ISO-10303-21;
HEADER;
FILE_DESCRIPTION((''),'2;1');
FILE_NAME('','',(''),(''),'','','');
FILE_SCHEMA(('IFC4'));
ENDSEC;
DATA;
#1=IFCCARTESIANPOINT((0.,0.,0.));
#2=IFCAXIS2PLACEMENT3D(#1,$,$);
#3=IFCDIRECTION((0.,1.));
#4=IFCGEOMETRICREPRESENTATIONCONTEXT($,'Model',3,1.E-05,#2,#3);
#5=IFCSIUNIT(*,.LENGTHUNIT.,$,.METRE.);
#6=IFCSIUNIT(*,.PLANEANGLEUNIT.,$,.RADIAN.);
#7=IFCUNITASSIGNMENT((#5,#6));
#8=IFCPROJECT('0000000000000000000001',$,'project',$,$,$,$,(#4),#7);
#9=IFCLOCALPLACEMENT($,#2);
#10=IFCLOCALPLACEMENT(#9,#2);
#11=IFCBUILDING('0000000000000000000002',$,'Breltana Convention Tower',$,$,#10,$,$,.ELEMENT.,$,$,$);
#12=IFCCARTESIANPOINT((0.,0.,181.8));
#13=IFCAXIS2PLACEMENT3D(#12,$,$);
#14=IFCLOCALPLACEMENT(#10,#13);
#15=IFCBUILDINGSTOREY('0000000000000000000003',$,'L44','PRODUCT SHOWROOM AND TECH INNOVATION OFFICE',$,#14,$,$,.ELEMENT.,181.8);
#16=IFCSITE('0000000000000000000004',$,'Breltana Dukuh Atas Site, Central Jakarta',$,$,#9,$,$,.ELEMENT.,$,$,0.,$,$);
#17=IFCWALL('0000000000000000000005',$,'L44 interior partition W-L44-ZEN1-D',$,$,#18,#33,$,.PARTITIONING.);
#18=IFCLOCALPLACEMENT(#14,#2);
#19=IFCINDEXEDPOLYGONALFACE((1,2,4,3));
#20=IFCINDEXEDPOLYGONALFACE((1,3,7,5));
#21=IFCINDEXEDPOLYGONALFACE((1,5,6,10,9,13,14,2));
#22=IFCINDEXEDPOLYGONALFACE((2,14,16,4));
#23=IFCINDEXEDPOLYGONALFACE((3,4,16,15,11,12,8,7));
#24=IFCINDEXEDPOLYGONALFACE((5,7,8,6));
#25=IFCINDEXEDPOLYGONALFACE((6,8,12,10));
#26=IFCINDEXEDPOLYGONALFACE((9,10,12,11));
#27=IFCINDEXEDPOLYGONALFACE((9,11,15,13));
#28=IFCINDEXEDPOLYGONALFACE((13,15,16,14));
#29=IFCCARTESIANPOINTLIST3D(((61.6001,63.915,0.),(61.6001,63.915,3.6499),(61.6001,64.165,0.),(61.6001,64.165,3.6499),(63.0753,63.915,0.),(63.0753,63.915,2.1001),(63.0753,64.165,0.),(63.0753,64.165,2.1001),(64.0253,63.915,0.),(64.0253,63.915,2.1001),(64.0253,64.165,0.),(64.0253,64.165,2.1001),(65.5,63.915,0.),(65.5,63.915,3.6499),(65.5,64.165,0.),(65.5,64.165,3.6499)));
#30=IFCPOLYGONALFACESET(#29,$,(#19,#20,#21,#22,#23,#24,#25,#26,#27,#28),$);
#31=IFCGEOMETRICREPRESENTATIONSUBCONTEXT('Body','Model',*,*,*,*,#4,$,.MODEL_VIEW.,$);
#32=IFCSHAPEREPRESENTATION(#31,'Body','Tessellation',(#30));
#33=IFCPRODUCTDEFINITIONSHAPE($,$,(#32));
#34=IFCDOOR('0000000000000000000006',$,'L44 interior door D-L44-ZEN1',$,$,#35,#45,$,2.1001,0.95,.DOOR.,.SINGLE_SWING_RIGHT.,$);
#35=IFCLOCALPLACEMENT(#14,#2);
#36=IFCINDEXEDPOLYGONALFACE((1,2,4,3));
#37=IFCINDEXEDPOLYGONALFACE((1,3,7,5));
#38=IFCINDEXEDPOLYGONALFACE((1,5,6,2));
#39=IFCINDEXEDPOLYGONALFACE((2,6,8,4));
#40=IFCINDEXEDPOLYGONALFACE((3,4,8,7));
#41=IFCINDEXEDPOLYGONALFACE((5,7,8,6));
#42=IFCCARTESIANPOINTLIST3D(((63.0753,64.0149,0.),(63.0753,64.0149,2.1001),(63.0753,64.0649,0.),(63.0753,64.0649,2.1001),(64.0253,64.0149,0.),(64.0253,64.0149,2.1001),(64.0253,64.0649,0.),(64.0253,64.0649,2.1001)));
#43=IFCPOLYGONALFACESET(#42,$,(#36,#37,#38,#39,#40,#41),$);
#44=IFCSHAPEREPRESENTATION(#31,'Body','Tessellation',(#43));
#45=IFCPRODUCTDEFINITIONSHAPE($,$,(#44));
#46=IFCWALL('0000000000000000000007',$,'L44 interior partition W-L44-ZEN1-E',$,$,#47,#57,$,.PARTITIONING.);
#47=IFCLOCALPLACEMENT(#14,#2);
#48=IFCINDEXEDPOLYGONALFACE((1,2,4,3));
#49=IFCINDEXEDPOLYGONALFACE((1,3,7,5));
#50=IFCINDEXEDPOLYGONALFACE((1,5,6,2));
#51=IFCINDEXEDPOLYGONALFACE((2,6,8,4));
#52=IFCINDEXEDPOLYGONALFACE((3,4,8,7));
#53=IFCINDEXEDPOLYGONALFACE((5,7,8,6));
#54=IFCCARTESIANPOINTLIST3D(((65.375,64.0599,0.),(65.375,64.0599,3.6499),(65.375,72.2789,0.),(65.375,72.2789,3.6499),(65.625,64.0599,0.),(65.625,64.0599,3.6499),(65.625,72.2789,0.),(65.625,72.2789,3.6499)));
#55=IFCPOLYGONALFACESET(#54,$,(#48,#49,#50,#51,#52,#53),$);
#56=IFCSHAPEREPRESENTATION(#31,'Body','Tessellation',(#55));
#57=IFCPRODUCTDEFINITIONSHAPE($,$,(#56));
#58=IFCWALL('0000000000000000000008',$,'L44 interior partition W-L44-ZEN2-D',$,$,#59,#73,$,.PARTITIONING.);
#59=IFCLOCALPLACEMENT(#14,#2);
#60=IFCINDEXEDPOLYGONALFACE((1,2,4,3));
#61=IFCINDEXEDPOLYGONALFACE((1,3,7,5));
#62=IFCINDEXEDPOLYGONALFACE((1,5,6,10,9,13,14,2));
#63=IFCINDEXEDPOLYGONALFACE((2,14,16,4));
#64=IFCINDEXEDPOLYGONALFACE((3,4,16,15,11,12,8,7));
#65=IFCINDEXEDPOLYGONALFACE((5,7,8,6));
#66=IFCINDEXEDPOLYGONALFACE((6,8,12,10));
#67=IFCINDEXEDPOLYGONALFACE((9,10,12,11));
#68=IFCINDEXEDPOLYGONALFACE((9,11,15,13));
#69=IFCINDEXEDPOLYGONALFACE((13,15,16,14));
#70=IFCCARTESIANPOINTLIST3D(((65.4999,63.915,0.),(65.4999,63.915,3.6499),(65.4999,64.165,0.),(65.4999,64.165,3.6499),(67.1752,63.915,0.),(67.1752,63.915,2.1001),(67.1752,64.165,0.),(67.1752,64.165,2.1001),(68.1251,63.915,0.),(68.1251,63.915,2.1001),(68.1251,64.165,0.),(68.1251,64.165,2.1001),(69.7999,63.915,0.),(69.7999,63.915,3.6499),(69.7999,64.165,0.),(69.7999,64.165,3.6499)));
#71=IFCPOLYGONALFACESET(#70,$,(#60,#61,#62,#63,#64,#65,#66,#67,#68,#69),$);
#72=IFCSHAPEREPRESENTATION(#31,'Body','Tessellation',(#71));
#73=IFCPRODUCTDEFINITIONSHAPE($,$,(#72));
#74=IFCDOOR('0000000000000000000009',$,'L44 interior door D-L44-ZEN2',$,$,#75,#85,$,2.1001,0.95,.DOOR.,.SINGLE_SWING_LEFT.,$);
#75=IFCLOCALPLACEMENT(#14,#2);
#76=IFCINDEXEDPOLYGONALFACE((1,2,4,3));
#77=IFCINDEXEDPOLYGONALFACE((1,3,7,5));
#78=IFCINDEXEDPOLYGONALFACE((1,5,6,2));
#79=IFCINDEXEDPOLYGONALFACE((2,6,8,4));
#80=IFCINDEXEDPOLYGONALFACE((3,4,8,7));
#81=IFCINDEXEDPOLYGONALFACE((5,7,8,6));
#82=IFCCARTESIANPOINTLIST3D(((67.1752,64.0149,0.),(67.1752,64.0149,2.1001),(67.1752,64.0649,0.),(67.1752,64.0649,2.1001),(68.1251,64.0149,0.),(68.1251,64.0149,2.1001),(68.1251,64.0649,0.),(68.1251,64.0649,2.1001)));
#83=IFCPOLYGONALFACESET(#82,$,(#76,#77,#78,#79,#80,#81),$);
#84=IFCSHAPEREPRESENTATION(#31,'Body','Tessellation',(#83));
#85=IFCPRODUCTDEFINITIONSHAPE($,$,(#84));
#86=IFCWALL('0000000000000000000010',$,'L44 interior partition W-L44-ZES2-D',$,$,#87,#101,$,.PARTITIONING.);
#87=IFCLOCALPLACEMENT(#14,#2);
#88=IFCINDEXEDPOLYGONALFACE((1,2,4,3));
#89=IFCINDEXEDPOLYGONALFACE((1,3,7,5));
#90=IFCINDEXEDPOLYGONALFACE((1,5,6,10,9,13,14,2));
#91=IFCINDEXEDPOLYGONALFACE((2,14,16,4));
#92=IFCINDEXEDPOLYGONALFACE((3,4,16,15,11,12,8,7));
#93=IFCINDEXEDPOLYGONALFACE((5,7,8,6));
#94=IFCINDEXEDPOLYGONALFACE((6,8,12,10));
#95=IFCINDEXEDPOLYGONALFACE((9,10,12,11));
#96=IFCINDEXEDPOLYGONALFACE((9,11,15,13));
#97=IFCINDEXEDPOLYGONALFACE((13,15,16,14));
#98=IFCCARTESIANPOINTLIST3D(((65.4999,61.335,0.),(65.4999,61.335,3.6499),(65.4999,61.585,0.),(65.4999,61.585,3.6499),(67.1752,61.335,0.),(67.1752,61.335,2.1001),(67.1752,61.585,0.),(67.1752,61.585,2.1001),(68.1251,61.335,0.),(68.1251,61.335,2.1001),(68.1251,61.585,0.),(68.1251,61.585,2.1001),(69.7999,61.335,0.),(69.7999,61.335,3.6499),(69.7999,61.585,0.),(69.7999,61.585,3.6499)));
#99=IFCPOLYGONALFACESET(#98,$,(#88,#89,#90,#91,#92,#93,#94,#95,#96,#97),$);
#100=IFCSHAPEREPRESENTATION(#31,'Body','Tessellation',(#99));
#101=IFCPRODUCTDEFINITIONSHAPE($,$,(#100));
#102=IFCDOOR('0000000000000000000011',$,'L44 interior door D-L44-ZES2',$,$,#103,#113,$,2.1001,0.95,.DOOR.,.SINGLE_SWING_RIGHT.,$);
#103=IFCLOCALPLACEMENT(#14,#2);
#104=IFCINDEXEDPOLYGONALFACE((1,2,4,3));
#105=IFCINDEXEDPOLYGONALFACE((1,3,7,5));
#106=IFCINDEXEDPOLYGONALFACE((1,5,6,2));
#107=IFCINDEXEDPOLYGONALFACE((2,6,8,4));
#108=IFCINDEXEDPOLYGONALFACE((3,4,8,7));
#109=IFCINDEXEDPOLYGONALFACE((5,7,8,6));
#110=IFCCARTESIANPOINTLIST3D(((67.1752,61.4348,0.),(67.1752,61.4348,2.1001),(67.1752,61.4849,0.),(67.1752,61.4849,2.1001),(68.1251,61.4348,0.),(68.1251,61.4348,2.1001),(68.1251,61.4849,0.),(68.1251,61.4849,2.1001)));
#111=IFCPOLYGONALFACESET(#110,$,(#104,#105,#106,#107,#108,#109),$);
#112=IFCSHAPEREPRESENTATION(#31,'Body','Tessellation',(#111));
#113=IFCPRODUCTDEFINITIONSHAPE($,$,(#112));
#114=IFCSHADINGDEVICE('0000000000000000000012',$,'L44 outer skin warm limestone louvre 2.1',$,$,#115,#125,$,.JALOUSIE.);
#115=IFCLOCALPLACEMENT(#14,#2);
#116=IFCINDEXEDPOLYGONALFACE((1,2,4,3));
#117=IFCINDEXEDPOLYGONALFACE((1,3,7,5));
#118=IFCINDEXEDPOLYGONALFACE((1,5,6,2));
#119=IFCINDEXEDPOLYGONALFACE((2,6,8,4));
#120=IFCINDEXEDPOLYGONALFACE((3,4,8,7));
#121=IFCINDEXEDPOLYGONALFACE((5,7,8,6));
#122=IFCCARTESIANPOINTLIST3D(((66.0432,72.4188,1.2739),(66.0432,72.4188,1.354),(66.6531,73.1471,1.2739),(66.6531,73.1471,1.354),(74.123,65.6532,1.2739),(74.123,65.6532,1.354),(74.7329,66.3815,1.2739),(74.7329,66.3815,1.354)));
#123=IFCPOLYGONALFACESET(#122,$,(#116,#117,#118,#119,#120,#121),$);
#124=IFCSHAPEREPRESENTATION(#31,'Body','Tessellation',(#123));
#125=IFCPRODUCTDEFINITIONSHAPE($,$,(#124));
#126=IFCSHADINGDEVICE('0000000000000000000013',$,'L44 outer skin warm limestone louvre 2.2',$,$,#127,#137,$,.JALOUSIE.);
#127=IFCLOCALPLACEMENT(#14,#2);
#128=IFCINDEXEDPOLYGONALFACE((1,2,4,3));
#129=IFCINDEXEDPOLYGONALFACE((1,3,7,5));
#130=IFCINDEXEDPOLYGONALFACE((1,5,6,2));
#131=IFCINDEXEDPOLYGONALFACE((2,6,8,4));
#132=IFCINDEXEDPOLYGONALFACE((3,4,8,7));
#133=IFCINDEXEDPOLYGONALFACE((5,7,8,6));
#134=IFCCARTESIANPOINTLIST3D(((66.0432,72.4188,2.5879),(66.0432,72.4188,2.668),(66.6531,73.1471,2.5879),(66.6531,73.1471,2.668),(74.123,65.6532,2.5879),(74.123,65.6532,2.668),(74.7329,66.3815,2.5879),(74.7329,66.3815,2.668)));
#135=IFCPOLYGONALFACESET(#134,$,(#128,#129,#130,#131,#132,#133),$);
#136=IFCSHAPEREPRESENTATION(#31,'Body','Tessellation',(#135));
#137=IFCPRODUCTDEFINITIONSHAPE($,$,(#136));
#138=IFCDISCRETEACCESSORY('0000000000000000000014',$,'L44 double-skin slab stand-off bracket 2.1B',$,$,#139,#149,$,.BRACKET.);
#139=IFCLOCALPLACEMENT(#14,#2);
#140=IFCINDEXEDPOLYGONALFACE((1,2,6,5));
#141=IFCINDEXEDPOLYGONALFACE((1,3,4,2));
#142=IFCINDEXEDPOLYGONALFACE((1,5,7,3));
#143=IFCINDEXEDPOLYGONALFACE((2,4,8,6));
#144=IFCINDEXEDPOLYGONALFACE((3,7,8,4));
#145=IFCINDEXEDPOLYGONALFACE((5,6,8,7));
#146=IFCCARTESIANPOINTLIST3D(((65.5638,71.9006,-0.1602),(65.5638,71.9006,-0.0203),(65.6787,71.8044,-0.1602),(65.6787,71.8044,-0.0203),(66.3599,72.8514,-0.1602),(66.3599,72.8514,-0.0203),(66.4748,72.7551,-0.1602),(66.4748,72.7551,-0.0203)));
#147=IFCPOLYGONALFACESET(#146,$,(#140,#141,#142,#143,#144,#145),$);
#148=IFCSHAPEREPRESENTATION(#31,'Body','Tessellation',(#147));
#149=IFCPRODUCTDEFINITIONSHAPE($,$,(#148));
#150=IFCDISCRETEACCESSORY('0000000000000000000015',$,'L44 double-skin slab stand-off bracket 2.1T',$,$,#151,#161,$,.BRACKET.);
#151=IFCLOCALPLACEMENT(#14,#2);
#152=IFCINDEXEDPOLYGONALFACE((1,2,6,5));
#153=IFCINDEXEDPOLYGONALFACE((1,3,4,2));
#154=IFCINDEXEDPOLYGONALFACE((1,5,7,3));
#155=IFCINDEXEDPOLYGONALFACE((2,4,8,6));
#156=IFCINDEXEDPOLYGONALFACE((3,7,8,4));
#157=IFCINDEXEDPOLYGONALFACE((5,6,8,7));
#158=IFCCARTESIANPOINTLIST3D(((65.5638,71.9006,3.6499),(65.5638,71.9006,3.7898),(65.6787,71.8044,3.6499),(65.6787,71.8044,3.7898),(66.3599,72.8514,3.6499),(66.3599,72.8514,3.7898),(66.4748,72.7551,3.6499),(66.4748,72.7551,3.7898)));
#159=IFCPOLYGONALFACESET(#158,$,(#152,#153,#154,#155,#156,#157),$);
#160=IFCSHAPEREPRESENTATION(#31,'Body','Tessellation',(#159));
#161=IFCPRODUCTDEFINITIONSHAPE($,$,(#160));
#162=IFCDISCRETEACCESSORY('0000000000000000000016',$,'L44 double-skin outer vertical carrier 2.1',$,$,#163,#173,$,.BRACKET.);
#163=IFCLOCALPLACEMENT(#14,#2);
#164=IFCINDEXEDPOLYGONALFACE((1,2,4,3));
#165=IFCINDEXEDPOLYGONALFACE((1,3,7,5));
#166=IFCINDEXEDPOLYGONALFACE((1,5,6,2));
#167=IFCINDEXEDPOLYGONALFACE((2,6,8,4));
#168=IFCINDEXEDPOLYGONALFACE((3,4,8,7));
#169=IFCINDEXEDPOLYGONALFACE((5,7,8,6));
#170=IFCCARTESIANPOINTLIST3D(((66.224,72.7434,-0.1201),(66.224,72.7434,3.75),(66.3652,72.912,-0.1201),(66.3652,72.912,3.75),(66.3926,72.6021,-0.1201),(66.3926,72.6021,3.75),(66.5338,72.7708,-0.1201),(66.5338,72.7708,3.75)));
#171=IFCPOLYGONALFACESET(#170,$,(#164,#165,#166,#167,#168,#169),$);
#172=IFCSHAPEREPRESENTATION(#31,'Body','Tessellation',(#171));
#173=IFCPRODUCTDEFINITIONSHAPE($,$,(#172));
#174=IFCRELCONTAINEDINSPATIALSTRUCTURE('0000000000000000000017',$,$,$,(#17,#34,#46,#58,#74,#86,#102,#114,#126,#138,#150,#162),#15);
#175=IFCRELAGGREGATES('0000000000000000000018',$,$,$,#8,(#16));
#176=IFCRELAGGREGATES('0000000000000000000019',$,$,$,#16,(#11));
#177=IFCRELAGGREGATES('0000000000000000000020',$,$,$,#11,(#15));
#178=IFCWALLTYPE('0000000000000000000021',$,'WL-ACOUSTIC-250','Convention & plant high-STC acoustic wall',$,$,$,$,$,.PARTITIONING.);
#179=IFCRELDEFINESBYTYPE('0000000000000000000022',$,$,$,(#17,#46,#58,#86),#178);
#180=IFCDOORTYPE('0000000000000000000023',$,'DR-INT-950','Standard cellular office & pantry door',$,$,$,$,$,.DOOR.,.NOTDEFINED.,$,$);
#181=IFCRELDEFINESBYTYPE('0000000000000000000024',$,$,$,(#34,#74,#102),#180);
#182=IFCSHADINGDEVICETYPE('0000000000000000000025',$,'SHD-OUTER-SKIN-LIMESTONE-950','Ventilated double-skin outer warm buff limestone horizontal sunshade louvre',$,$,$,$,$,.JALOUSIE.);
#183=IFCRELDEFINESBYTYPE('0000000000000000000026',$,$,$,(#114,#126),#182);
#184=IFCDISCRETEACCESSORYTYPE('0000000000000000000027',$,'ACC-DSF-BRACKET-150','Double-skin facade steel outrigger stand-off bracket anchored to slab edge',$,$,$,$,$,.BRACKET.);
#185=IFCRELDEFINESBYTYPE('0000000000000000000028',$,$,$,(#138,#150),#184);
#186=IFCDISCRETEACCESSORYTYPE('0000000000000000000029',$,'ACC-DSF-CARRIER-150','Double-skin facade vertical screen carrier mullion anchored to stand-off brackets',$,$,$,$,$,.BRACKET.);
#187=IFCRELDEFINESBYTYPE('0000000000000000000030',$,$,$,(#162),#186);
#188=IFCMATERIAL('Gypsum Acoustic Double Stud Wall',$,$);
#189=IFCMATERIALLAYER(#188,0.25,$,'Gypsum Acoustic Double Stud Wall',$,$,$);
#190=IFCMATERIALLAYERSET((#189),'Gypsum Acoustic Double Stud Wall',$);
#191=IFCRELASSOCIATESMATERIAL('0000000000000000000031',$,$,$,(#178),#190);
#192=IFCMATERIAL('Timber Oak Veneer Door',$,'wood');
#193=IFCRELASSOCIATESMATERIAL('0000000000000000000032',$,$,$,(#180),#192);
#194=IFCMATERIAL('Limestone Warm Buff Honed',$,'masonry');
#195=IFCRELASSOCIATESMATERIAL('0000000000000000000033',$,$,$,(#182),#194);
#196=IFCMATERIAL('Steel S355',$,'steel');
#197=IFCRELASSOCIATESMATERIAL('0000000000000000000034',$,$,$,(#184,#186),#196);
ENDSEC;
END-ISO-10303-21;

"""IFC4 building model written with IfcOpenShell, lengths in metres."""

from ifc_helpers import new_model, si_unit, direction, frame, frame_2d, origin, origin_2d, place, context, subcontext, project, spatial, rectangle, extrude, source, transform, mapped, material, layer, layer_set, material_profile, profile_set, type_object, type_shapes, element, fill, save


model = new_model("IFC4")

# Units and contexts
model_context = context("Model", 3, precision=1e-05, world=origin(), true_north=direction((0.0, 1.0)))
body_context = subcontext(model_context, "Body", "Model", "MODEL_VIEW")
ifc_project = project(units=[si_unit("LENGTHUNIT", "METRE"), si_unit("PLANEANGLEUNIT", "RADIAN")], contexts=[model_context])

# Site, building, storey
site_placement = place(None, origin())
site = spatial("IfcSite", under=ifc_project, at=site_placement, Name="Breltana Dukuh Atas Site, Central Jakarta", CompositionType="ELEMENT", RefElevation=0.0)
building_placement = place(site_placement, origin())
building = spatial("IfcBuilding", under=site, at=building_placement, Name="Breltana Convention Tower", CompositionType="ELEMENT")
storey_placement = place(building_placement, frame((0.0, 0.0, 181.8)))
storey = spatial("IfcBuildingStorey", under=building, at=storey_placement, Name="L44", Description="PRODUCT SHOWROOM AND TECH INNOVATION OFFICE", CompositionType="ELEMENT", Elevation=181.8)

# Shared definitions
ifc_material_1 = material(Name="Gypsum Acoustic Double Stud Wall")
ifc_layer_1 = layer(ifc_material_1, 0.25, Name="Gypsum Acoustic Double Stud Wall")
ifc_layer_set_1 = layer_set([ifc_layer_1], Name="Gypsum Acoustic Double Stud Wall")
wall_type_1 = type_object("IfcWallType", Name="WL-ACOUSTIC-250", Description="Convention & plant high-STC acoustic wall", PredefinedType="PARTITIONING", material=ifc_layer_set_1)

# Wall, opening, door
shared_shape_1 = source(origin(), body_context, "Body", "SweptSolid", [
    extrude(rectangle(XDim=3.8999, YDim=0.25, at=frame_2d((1.95, 0.0))), origin(), (0.0, 0.0, 1.0), 3.6499),
])
wall_1_placement = place(storey_placement, frame((61.6001, 64.04, 0.0), z_axis=(0.0, 0.0, 1.0), x_axis=(1.0, 0.0, 0.0)))
wall_1 = element("IfcWall", 1, at=wall_1_placement, inside=storey, type_object=wall_type_1, Name="L44 interior partition W-L44-ZEN1-D", PredefinedType="PARTITIONING", context=body_context, shape_type="MappedRepresentation", body=[
    mapped(shared_shape_1, transform((0.0, 0.0, 0.0), scale=1.0)),
])
opening_1_placement = place(wall_1_placement, frame((1.4751, 0.0, 0.0)))
opening_1 = element("IfcOpeningElement", 2, at=opening_1_placement, cuts=wall_1, PredefinedType="OPENING", context=body_context, shape_type="SweptSolid", body=[
    extrude(rectangle(XDim=0.95, YDim=2.1001, at=frame_2d((0.4751, 1.05))), frame((0.0, 0.135, 0.0), z_axis=(0.0, -1.0, 0.0), x_axis=(1.0, 0.0, 0.0)), (0.0, 0.0, 1.0), 0.27),
])
ifc_material_2 = material(Name="Timber Oak Veneer Door", Category="wood")
door_type = type_object("IfcDoorType", Name="DR-INT-950", Description="Standard cellular office & pantry door", OperationType="NOTDEFINED", PredefinedType="DOOR", material=ifc_material_2)
shared_shape_2 = source(origin(), body_context, "Body", "SweptSolid", [
    extrude(rectangle(XDim=0.95, YDim=2.1001, at=frame_2d((0.4751, 1.05))), frame((0.0, 0.0249, 0.0), z_axis=(0.0, -1.0, 0.0), x_axis=(1.0, 0.0, 0.0)), (0.0, 0.0, 1.0), 0.05),
])
type_shapes(door_type, [shared_shape_2])
door_1_placement = place(opening_1_placement, origin())
door_1 = element("IfcDoor", 3, at=door_1_placement, inside=storey, type_object=door_type, Name="L44 interior door D-L44-ZEN1", OperationType="SINGLE_SWING_RIGHT", OverallHeight=2.1001, OverallWidth=0.95, PredefinedType="DOOR", context=body_context, shape_type="MappedRepresentation", body=[
    mapped(shared_shape_2, transform((0.0, 0.0, 0.0), scale=1.0)),
])
fill(opening_1, door_1)

# Wall
shared_shape_3 = source(origin(), body_context, "Body", "SweptSolid", [
    extrude(rectangle(XDim=8.219, YDim=0.25, at=frame_2d((4.1094, 0.0))), origin(), (0.0, 0.0, 1.0), 3.6499),
])
wall_2_placement = place(storey_placement, frame((65.5, 64.0601, 0.0), z_axis=(0.0, 0.0, 1.0), x_axis=(0.0, 1.0, 0.0)))
element("IfcWall", 4, at=wall_2_placement, inside=storey, type_object=wall_type_1, Name="L44 interior partition W-L44-ZEN1-E", PredefinedType="PARTITIONING", context=body_context, shape_type="MappedRepresentation", body=[
    mapped(shared_shape_3, transform((0.0, 0.0, 0.0), scale=1.0)),
])

# Walls, openings, doors
shared_shape_4 = source(origin(), body_context, "Body", "SweptSolid", [
    extrude(rectangle(XDim=4.3, YDim=0.25, at=frame_2d((2.1499, 0.0))), origin(), (0.0, 0.0, 1.0), 3.6499),
])
wall_3_placement = place(storey_placement, frame((65.5, 64.04, 0.0), z_axis=(0.0, 0.0, 1.0), x_axis=(1.0, 0.0, 0.0)))
wall_3 = element("IfcWall", 5, at=wall_3_placement, inside=storey, type_object=wall_type_1, Name="L44 interior partition W-L44-ZEN2-D", PredefinedType="PARTITIONING", context=body_context, shape_type="MappedRepresentation", body=[
    mapped(shared_shape_4, transform((0.0, 0.0, 0.0), scale=1.0)),
])
opening_2_placement = place(wall_3_placement, frame((1.675, 0.0, 0.0)))
opening_2 = element("IfcOpeningElement", 6, at=opening_2_placement, cuts=wall_3, PredefinedType="OPENING", context=body_context, shape_type="SweptSolid", body=[
    extrude(rectangle(XDim=0.95, YDim=2.1001, at=frame_2d((0.4751, 1.05))), frame((0.0, 0.135, 0.0), z_axis=(0.0, -1.0, 0.0), x_axis=(1.0, 0.0, 0.0)), (0.0, 0.0, 1.0), 0.27),
])
door_2_placement = place(opening_2_placement, origin())
door_2 = element("IfcDoor", 7, at=door_2_placement, inside=storey, type_object=door_type, Name="L44 interior door D-L44-ZEN2", OperationType="SINGLE_SWING_LEFT", OverallHeight=2.1001, OverallWidth=0.95, PredefinedType="DOOR", context=body_context, shape_type="MappedRepresentation", body=[
    mapped(shared_shape_2, transform((0.0, 0.0, 0.0), scale=1.0)),
])
fill(opening_2, door_2)
wall_4_placement = place(storey_placement, frame((65.5, 61.46, 0.0), z_axis=(0.0, 0.0, 1.0), x_axis=(1.0, 0.0, 0.0)))
wall_4 = element("IfcWall", 8, at=wall_4_placement, inside=storey, type_object=wall_type_1, Name="L44 interior partition W-L44-ZES2-D", PredefinedType="PARTITIONING", context=body_context, shape_type="MappedRepresentation", body=[
    mapped(shared_shape_4, transform((0.0, 0.0, 0.0), scale=1.0)),
])
opening_3_placement = place(wall_4_placement, frame((1.675, 0.0, 0.0)))
opening_3 = element("IfcOpeningElement", 9, at=opening_3_placement, cuts=wall_4, PredefinedType="OPENING", context=body_context, shape_type="SweptSolid", body=[
    extrude(rectangle(XDim=0.95, YDim=2.1001, at=frame_2d((0.4751, 1.05))), frame((0.0, 0.135, 0.0), z_axis=(0.0, -1.0, 0.0), x_axis=(1.0, 0.0, 0.0)), (0.0, 0.0, 1.0), 0.27),
])
door_3_placement = place(opening_3_placement, origin())
door_3 = element("IfcDoor", 10, at=door_3_placement, inside=storey, type_object=door_type, Name="L44 interior door D-L44-ZES2", OperationType="SINGLE_SWING_RIGHT", OverallHeight=2.1001, OverallWidth=0.95, PredefinedType="DOOR", context=body_context, shape_type="MappedRepresentation", body=[
    mapped(shared_shape_2, transform((0.0, 0.0, 0.0), scale=1.0)),
])
fill(opening_3, door_3)

# Shading devices
ifc_material_3 = material(Name="Limestone Warm Buff Honed", Category="masonry")
ifc_material_profile_1 = material_profile(ifc_material_3, rectangle(XDim=0.95, YDim=0.0801, at=origin_2d()), Name="STN-LVR-950X80")
ifc_profile_set_1 = profile_set([ifc_material_profile_1], Name="Limestone Warm Buff Honed")
shading_device_type = type_object("IfcShadingDeviceType", Name="SHD-OUTER-SKIN-LIMESTONE-950", Description="Ventilated double-skin outer warm buff limestone horizontal sunshade louvre", PredefinedType="JALOUSIE", material=ifc_profile_set_1)
shared_shape_5 = source(origin(), body_context, "Body", "SweptSolid", [
    extrude(rectangle(XDim=0.95, YDim=0.0801, at=origin_2d()), origin(), (0.0, 0.0, 1.0), 10.5383),
])
for number, where, z_axis, x_axis, name in (
    (11, (66.3481, 72.783, 1.314), (0.766706, -0.641999, 0.0), (0.641999, 0.766706, 0.0), "L44 outer skin warm limestone louvre 2.1"),
    (12, (66.3481, 72.783, 2.6279), (0.766706, -0.641999, 0.0), (0.641999, 0.766706, 0.0), "L44 outer skin warm limestone louvre 2.2"),
):
    element("IfcShadingDevice", number, at=place(storey_placement, frame(where, z_axis=z_axis, x_axis=x_axis)), inside=storey, type_object=shading_device_type, Name=name, PredefinedType="JALOUSIE", context=body_context, shape_type="MappedRepresentation", body=[
        mapped(shared_shape_5, transform((0.0, 0.0, 0.0), scale=1.0)),
    ])

# Discrete accessories
ifc_material_4 = material(Name="Steel S355", Category="steel")
discrete_accessory_type_1 = type_object("IfcDiscreteAccessoryType", Name="ACC-DSF-BRACKET-150", Description="Double-skin facade steel outrigger stand-off bracket anchored to slab edge", PredefinedType="BRACKET", material=ifc_material_4)
shared_shape_6 = source(origin(), body_context, "Body", "SweptSolid", [
    extrude(rectangle(XDim=1.24, YDim=0.1499, at=origin_2d()), origin(), (0.0, 0.0, 1.0), 0.1399),
])
type_shapes(discrete_accessory_type_1, [shared_shape_6])
for number, where, z_axis, x_axis, name in (
    (13, (66.0193, 72.3279, -0.1602), (0.0, 0.0, 1.0), (0.641989, 0.766714, 0.0), "L44 double-skin slab stand-off bracket 2.1B"),
    (14, (66.0193, 72.3279, 3.6499), (0.0, 0.0, 1.0), (0.641989, 0.766714, 0.0), "L44 double-skin slab stand-off bracket 2.1T"),
):
    element("IfcDiscreteAccessory", number, at=place(storey_placement, frame(where, z_axis=z_axis, x_axis=x_axis)), inside=storey, type_object=discrete_accessory_type_1, Name=name, PredefinedType="BRACKET", context=body_context, shape_type="MappedRepresentation", body=[
        mapped(shared_shape_6, transform((0.0, 0.0, 0.0), scale=1.0)),
    ])
discrete_accessory_type_2 = type_object("IfcDiscreteAccessoryType", Name="ACC-DSF-CARRIER-150", Description="Double-skin facade vertical screen carrier mullion anchored to stand-off brackets", PredefinedType="BRACKET", material=ifc_material_4)
shared_shape_7 = source(origin(), body_context, "Body", "SweptSolid", [
    extrude(rectangle(XDim=0.22, YDim=0.22, at=origin_2d()), origin(), (0.0, 0.0, 1.0), 3.8701),
])
discrete_accessory_placement = place(storey_placement, frame((66.3789, 72.7571, -0.1201), z_axis=(0.0, 0.0, 1.0), x_axis=(0.641989, 0.766714, 0.0)))
element("IfcDiscreteAccessory", 15, at=discrete_accessory_placement, inside=storey, type_object=discrete_accessory_type_2, Name="L44 double-skin outer vertical carrier 2.1", PredefinedType="BRACKET", context=body_context, shape_type="MappedRepresentation", body=[
    mapped(shared_shape_7, transform((0.0, 0.0, 0.0), scale=1.0)),
])

save(model, "model.ifc")
